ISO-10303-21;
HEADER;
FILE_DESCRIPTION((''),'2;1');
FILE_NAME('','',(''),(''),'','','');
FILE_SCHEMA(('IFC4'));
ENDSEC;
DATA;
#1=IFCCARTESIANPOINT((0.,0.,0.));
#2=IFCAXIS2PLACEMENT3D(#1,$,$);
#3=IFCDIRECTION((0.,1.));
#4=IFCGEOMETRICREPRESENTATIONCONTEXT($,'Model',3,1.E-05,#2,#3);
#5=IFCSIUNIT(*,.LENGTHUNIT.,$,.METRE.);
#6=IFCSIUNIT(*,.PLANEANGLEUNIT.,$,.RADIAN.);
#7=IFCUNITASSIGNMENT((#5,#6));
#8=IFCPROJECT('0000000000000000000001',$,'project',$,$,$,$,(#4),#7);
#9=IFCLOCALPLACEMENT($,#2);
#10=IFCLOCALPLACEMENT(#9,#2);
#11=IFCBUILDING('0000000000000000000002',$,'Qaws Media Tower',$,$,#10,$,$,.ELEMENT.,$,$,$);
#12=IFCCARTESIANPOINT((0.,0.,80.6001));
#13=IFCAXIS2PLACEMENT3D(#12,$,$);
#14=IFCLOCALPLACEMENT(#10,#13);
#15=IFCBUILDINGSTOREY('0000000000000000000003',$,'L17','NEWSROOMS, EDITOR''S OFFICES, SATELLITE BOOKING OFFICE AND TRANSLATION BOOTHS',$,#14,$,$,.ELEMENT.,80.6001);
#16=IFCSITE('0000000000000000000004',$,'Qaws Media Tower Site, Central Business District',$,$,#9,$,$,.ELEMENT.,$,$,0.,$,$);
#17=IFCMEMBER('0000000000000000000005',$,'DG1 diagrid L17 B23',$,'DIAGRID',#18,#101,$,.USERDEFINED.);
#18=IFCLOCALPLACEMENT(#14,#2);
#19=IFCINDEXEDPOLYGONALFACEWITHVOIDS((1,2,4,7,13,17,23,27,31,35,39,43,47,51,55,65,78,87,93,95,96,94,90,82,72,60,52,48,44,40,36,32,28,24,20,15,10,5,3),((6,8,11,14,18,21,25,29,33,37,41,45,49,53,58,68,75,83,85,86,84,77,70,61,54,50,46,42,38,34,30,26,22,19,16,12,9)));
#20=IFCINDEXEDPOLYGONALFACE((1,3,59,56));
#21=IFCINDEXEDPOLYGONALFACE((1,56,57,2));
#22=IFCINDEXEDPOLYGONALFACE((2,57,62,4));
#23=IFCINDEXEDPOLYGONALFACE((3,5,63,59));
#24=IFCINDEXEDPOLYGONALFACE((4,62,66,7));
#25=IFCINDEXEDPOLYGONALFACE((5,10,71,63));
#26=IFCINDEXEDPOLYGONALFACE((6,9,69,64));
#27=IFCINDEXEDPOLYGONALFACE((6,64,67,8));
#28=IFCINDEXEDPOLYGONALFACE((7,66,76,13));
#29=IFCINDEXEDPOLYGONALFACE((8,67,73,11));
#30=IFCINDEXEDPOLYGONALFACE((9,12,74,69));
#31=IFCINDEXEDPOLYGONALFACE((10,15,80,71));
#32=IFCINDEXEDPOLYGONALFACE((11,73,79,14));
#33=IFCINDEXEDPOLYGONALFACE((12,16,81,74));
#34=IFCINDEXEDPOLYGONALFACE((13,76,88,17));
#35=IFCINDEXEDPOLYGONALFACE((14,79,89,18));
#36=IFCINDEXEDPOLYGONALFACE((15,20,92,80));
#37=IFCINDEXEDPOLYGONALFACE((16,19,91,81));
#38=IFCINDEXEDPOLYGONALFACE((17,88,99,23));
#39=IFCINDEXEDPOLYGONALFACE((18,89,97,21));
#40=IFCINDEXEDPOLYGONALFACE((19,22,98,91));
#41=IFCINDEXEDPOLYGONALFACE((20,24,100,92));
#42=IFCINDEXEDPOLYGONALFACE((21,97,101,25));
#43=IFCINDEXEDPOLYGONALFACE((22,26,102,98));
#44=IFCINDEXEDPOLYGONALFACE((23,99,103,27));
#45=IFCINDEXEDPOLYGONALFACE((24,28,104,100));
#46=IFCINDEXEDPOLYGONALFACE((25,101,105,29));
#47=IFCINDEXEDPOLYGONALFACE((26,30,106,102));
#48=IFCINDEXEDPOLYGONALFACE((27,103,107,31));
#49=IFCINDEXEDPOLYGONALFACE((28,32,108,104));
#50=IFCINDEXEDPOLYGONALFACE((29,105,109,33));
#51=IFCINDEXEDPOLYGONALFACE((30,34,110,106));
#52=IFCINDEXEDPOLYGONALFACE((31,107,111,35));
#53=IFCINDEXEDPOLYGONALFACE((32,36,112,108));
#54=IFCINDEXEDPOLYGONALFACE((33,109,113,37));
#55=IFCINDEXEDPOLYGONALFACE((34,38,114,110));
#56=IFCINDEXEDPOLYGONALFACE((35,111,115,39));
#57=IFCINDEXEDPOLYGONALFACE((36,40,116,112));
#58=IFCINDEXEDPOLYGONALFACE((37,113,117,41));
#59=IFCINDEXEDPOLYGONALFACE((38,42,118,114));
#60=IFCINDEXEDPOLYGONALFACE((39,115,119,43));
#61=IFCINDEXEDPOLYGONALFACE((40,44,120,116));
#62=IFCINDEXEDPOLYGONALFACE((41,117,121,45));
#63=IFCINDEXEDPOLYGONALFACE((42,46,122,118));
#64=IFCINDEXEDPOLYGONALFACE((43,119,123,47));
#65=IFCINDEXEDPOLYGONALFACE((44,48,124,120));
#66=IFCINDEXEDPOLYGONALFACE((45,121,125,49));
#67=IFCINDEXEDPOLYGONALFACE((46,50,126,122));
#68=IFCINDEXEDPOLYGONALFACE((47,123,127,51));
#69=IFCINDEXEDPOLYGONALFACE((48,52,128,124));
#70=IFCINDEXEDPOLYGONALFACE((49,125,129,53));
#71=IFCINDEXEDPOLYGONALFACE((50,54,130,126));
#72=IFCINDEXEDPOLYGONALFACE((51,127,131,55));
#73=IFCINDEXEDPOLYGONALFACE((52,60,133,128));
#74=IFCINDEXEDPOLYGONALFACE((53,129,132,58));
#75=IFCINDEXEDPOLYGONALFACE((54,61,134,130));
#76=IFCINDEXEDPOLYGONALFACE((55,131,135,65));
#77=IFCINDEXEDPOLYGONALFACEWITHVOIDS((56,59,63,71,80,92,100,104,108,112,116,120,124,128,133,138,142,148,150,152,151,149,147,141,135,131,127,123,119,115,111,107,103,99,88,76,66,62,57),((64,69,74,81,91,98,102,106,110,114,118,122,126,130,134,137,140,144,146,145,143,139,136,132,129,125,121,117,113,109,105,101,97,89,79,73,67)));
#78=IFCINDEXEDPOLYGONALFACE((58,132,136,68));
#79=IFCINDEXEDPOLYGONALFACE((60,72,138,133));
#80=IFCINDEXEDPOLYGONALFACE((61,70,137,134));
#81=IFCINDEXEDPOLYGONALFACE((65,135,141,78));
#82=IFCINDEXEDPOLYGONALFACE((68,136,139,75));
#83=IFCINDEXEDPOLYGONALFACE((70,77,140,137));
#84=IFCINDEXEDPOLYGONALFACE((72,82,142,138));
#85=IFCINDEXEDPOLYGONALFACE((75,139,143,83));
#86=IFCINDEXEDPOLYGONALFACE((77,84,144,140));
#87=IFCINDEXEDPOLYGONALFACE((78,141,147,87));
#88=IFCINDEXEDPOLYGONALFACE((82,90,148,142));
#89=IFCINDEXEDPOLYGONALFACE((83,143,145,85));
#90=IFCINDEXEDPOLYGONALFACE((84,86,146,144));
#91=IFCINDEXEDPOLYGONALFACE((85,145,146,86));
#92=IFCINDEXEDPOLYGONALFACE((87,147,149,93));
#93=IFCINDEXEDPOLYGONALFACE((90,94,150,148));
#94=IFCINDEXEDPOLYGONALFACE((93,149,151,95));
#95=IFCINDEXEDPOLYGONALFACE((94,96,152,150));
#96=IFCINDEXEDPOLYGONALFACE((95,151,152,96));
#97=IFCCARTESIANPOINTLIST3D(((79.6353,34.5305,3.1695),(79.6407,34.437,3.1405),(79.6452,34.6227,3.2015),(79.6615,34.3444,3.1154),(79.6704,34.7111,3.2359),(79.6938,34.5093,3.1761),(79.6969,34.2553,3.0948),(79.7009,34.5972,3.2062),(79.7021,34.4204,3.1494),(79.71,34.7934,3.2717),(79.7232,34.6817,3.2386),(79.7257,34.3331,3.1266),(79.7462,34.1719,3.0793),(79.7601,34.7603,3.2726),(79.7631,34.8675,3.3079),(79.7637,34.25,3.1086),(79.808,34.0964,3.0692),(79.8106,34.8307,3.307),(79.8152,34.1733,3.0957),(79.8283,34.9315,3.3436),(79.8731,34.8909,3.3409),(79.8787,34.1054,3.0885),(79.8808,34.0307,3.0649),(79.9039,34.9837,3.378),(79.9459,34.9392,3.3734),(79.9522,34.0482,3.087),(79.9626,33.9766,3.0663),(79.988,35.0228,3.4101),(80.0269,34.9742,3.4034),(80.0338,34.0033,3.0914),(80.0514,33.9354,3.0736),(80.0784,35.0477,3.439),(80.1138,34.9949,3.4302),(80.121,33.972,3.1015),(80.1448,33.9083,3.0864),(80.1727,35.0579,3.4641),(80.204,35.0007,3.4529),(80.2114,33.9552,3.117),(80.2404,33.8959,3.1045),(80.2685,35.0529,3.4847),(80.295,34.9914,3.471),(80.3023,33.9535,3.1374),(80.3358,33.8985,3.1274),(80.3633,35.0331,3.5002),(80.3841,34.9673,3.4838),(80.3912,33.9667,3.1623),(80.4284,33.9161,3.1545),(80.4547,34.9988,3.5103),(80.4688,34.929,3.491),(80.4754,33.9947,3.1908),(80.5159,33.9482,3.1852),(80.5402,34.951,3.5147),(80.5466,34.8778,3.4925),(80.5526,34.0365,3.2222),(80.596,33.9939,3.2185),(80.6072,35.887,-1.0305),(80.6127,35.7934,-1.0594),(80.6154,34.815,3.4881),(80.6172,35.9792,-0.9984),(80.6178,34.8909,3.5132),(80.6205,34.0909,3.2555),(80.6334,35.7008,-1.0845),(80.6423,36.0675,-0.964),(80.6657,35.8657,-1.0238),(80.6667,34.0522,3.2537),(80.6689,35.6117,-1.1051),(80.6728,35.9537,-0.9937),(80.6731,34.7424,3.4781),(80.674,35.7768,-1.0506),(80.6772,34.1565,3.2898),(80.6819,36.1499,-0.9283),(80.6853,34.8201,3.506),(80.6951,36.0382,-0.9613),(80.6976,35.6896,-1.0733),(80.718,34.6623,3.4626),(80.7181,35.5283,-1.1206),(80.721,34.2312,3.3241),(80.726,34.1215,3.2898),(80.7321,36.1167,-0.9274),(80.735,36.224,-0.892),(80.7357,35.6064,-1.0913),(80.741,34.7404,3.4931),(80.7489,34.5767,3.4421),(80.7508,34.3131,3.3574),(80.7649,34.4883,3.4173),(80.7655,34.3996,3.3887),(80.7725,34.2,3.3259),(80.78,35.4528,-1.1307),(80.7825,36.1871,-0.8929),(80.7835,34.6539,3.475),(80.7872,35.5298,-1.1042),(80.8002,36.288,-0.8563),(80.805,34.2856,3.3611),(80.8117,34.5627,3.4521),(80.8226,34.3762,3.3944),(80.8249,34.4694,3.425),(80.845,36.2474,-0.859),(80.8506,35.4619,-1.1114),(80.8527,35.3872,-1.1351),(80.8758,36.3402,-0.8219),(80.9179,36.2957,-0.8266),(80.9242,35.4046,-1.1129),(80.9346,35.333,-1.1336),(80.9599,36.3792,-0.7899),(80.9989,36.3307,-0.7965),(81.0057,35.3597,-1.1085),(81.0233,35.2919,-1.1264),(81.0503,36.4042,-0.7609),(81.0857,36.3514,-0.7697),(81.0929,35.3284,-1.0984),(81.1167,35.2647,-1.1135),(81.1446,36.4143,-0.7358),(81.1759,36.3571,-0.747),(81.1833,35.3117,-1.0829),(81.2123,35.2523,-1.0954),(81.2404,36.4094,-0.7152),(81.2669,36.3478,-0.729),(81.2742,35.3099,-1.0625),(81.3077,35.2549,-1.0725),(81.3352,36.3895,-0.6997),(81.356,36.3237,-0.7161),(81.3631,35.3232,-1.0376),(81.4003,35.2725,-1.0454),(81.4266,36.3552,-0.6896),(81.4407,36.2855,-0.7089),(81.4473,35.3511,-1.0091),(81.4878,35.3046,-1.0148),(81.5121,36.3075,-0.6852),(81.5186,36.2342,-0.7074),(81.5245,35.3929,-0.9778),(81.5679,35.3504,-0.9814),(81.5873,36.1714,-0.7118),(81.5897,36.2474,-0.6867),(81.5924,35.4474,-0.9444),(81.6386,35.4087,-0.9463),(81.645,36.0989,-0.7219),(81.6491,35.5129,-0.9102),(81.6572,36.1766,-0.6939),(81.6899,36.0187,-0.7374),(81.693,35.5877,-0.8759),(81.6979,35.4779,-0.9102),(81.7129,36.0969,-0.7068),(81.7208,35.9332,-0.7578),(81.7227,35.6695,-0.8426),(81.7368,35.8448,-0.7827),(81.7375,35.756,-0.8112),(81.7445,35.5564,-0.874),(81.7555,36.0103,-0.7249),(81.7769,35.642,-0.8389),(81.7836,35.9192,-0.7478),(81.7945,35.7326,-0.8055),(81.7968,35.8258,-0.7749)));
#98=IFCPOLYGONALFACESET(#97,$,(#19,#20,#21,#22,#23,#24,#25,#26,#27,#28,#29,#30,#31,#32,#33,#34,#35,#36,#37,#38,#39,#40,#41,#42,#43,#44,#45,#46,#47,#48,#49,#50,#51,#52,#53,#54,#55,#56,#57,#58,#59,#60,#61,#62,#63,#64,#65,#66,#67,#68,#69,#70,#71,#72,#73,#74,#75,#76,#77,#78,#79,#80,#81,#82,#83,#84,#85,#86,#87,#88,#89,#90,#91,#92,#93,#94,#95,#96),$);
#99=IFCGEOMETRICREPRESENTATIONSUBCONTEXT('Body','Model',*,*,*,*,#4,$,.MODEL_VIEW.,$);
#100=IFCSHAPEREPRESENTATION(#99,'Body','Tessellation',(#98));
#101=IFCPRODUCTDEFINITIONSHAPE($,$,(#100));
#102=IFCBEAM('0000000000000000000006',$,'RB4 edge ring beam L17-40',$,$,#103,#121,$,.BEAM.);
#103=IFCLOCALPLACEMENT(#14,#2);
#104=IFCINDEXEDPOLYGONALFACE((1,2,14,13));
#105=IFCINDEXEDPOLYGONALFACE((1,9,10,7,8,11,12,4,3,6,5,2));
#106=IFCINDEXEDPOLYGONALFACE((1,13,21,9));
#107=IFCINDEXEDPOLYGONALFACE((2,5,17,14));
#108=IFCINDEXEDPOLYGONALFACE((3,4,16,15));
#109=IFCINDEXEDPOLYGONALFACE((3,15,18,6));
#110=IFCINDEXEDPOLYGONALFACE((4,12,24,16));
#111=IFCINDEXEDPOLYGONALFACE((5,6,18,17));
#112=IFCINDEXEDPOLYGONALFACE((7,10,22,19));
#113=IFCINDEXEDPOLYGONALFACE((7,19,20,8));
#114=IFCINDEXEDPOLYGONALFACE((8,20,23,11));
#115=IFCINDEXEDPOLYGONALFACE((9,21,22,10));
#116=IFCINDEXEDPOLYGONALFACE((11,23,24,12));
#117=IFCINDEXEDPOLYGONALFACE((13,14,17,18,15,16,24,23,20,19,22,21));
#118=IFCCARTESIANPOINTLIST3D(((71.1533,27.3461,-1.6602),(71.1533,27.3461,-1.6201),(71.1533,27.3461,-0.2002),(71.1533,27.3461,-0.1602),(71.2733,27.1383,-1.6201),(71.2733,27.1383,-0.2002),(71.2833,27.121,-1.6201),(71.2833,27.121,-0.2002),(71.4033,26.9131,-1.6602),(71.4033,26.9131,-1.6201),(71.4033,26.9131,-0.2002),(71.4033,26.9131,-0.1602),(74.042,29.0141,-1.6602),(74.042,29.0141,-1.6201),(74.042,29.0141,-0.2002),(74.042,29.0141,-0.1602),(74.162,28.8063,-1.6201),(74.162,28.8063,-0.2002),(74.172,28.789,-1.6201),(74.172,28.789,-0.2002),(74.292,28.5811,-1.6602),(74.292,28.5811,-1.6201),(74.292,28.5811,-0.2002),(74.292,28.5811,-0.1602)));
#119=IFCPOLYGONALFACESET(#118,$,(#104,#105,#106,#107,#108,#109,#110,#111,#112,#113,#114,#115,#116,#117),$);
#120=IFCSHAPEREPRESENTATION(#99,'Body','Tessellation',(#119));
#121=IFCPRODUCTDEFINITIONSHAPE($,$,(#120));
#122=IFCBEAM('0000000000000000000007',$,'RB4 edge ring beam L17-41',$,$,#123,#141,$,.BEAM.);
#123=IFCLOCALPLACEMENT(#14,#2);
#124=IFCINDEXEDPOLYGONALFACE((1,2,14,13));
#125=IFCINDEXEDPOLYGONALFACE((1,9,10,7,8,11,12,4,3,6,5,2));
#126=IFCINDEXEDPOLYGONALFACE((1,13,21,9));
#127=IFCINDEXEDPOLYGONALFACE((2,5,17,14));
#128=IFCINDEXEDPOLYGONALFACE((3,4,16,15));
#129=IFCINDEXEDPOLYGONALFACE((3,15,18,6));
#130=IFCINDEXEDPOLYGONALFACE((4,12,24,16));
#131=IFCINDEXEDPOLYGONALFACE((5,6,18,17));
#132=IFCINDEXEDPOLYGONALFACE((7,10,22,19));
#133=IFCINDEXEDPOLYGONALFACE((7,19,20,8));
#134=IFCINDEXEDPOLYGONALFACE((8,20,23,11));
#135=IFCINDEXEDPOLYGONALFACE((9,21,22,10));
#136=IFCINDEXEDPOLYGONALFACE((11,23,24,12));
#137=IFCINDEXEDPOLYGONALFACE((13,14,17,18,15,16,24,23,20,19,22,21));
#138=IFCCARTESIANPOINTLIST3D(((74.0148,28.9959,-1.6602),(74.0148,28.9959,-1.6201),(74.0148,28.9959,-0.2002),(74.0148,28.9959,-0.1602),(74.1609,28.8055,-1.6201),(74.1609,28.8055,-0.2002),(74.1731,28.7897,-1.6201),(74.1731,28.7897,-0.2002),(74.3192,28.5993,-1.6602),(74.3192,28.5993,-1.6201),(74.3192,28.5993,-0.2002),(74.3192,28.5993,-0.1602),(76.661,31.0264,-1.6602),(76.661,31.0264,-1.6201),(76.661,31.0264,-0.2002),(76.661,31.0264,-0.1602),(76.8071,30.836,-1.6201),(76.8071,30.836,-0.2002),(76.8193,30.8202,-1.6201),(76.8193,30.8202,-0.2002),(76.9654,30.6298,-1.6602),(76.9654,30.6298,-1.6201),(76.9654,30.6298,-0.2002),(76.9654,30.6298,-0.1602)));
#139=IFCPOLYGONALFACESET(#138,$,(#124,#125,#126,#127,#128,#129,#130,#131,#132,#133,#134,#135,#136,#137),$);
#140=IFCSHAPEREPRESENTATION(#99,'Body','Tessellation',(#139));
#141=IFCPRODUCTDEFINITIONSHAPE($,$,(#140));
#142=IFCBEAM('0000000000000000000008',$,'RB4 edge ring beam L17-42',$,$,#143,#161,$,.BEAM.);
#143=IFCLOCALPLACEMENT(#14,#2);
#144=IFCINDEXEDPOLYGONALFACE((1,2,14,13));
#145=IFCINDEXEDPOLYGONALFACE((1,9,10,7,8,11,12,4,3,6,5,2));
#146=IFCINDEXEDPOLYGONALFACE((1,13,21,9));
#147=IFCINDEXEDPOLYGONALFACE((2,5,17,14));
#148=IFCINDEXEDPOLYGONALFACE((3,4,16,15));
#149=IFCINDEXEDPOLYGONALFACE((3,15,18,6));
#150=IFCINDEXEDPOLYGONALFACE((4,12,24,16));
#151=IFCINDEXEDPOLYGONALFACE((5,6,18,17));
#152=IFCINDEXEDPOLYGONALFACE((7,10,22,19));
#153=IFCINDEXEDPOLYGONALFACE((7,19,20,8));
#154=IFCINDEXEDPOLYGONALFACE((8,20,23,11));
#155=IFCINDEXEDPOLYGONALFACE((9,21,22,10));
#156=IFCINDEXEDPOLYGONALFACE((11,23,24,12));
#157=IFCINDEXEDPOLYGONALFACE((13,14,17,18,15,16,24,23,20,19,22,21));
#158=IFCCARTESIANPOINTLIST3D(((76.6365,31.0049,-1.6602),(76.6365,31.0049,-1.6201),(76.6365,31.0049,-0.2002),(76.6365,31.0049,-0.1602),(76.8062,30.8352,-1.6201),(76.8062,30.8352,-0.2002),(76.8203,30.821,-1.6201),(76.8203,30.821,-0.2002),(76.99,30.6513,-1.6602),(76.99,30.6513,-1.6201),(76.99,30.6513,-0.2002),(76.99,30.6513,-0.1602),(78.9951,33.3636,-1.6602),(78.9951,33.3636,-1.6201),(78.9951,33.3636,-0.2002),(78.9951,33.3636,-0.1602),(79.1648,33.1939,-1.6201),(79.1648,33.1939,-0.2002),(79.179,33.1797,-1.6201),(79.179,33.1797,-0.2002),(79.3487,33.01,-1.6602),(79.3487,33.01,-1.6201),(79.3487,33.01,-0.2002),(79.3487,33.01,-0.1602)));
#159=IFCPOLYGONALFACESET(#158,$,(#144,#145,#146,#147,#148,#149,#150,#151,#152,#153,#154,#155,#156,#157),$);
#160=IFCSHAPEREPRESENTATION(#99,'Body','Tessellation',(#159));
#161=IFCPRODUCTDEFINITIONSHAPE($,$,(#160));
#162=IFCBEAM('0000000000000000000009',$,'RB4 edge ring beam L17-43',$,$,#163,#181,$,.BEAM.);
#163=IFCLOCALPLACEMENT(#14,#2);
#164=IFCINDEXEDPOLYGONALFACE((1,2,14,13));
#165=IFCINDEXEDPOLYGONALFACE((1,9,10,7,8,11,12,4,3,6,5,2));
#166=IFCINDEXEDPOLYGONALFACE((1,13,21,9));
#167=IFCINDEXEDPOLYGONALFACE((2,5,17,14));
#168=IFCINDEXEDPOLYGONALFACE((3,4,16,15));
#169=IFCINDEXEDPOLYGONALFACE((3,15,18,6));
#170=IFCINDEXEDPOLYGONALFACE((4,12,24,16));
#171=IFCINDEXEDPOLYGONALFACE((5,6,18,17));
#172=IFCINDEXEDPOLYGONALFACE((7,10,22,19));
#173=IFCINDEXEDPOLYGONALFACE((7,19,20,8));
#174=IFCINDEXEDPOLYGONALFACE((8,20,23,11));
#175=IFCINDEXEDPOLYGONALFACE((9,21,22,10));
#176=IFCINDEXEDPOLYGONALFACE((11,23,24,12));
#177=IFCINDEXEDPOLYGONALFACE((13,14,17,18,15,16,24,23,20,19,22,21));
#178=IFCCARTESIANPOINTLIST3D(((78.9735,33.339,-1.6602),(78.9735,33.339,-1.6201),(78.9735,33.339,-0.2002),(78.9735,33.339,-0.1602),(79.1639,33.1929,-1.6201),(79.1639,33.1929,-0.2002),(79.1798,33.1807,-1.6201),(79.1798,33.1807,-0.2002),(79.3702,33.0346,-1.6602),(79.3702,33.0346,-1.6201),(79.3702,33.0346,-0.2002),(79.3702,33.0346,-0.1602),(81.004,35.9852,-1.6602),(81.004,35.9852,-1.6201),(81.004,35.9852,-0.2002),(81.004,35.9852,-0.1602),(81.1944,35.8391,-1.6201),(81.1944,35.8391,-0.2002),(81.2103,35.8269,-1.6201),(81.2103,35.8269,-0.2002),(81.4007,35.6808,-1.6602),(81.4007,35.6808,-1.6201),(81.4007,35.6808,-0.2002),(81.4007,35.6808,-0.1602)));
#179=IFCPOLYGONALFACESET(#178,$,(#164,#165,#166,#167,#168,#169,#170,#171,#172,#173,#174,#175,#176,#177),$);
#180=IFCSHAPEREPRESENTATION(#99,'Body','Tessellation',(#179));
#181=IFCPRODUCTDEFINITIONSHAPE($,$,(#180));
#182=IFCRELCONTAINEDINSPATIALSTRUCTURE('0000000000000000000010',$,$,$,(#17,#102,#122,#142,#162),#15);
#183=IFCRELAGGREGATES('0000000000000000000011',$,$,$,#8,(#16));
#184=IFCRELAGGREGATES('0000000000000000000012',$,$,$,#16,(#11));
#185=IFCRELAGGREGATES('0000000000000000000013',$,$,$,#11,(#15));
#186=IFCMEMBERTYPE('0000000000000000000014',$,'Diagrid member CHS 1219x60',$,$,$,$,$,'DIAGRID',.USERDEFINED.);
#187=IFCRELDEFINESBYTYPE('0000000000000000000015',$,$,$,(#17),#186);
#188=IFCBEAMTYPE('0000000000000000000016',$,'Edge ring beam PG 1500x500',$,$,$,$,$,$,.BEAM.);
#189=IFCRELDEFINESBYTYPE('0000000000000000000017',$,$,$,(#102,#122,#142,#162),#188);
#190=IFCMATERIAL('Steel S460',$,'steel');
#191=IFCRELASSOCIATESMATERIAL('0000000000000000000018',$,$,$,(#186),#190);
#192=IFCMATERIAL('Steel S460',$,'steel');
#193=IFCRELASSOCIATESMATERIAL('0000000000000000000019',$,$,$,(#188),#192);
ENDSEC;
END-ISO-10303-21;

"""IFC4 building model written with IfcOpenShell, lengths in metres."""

from ifc_helpers import new_model, si_unit, direction, frame, origin, origin_2d, place, context, subcontext, project, spatial, hollow_circle, i_section, extrude, material, material_profile, profile_set, type_object, element, save


model = new_model("IFC4")

# Units and contexts
model_context = context("Model", 3, precision=1e-05, world=origin(), true_north=direction((0.0, 1.0)))
body_context = subcontext(model_context, "Body", "Model", "MODEL_VIEW")
ifc_project = project(units=[si_unit("LENGTHUNIT", "METRE"), si_unit("PLANEANGLEUNIT", "RADIAN")], contexts=[model_context])

# Site, building, storey
site_placement = place(None, origin())
site = spatial("IfcSite", under=ifc_project, at=site_placement, Name="Qaws Media Tower Site, Central Business District", CompositionType="ELEMENT", RefElevation=0.0)
building_placement = place(site_placement, origin())
building = spatial("IfcBuilding", under=site, at=building_placement, Name="Qaws Media Tower", CompositionType="ELEMENT")
storey_placement = place(building_placement, frame((0.0, 0.0, 80.6001)))
storey = spatial("IfcBuildingStorey", under=building, at=storey_placement, Name="L17", Description="NEWSROOMS, EDITOR'S OFFICES, SATELLITE BOOKING OFFICE AND TRANSLATION BOOTHS", CompositionType="ELEMENT", Elevation=80.6001)

# Member
ifc_material_1 = material(Name="Steel S460", Category="steel")
ifc_material_profile_1 = material_profile(ifc_material_1, hollow_circle(Radius=0.6096, WallThickness=0.0601, at=origin_2d()), Name="CHS 1219x60")
ifc_profile_set_1 = profile_set([ifc_material_profile_1], Name="Steel S460")
member_type_1 = type_object("IfcMemberType", Name="Diagrid member CHS 1219x60", ElementType="DIAGRID", PredefinedType="USERDEFINED", material=ifc_profile_set_1)
for number, where, z_axis, x_axis, name in (
    (1, (81.2024, 35.833, -0.9102), (-0.21506, -0.300144, 0.929334), (0.812873, -0.582442, 0.0), "DG1 diagrid L17 B23"),
):
    element("IfcMember", number, at=place(storey_placement, frame(where, z_axis=z_axis, x_axis=x_axis)), inside=storey, type_object=member_type_1, Name=name, ObjectType="DIAGRID", PredefinedType="USERDEFINED", context=body_context, shape_type="SweptSolid", body=[
        extrude(hollow_circle(Radius=0.6096, WallThickness=0.0601, at=origin_2d()), origin(), (0.0, 0.0, 1.0), 4.5193),
    ])

# Beams
ifc_material_2 = material(Name="Steel S460", Category="steel")
ifc_material_profile_2 = material_profile(ifc_material_2, i_section(OverallWidth=0.5, OverallDepth=1.5, WebThickness=0.02, FlangeThickness=0.04, at=origin_2d()), Name="PG 1500x500")
ifc_profile_set_2 = profile_set([ifc_material_profile_2], Name="Steel S460")
beam_type = type_object("IfcBeamType", Name="Edge ring beam PG 1500x500", PredefinedType="BEAM", material=ifc_profile_set_2)
beam_1_placement = place(storey_placement, frame((71.2783, 27.1296, -0.9102), z_axis=(0.866, 0.500043, 0.0), x_axis=(-0.500043, 0.866, 0.0)))
element("IfcBeam", 2, at=beam_1_placement, inside=storey, type_object=beam_type, Name="RB4 edge ring beam L17-40", PredefinedType="BEAM", context=body_context, shape_type="SweptSolid", body=[
    extrude(i_section(OverallWidth=0.5, OverallDepth=1.5, WebThickness=0.02, FlangeThickness=0.04, at=origin_2d()), origin(), (0.0, 0.0, 1.0), 3.3357),
])
beam_2_placement = place(storey_placement, frame((74.167, 28.7976, -0.9102), z_axis=(0.793355, 0.608759, 0.0), x_axis=(-0.608759, 0.793355, 0.0)))
element("IfcBeam", 3, at=beam_2_placement, inside=storey, type_object=beam_type, Name="RB4 edge ring beam L17-41", PredefinedType="BEAM", context=body_context, shape_type="SweptSolid", body=[
    extrude(i_section(OverallWidth=0.5, OverallDepth=1.5, WebThickness=0.02, FlangeThickness=0.04, at=origin_2d()), origin(), (0.0, 0.0, 1.0), 3.3354),
])
beam_3_placement = place(storey_placement, frame((76.8132, 30.8281, -0.9102), z_axis=(0.707107, 0.707107, 0.0), x_axis=(-0.707107, 0.707107, 0.0)))
element("IfcBeam", 4, at=beam_3_placement, inside=storey, type_object=beam_type, Name="RB4 edge ring beam L17-42", PredefinedType="BEAM", context=body_context, shape_type="SweptSolid", body=[
    extrude(i_section(OverallWidth=0.5, OverallDepth=1.5, WebThickness=0.02, FlangeThickness=0.04, at=origin_2d()), origin(), (0.0, 0.0, 1.0), 3.3357),
])
beam_4_placement = place(storey_placement, frame((79.1719, 33.1868, -0.9102), z_axis=(0.608759, 0.793355, 0.0), x_axis=(-0.793355, 0.608759, 0.0)))
element("IfcBeam", 5, at=beam_4_placement, inside=storey, type_object=beam_type, Name="RB4 edge ring beam L17-43", PredefinedType="BEAM", context=body_context, shape_type="SweptSolid", body=[
    extrude(i_section(OverallWidth=0.5, OverallDepth=1.5, WebThickness=0.02, FlangeThickness=0.04, at=origin_2d()), origin(), (0.0, 0.0, 1.0), 3.3354),
])

save(model, "model.ifc")
